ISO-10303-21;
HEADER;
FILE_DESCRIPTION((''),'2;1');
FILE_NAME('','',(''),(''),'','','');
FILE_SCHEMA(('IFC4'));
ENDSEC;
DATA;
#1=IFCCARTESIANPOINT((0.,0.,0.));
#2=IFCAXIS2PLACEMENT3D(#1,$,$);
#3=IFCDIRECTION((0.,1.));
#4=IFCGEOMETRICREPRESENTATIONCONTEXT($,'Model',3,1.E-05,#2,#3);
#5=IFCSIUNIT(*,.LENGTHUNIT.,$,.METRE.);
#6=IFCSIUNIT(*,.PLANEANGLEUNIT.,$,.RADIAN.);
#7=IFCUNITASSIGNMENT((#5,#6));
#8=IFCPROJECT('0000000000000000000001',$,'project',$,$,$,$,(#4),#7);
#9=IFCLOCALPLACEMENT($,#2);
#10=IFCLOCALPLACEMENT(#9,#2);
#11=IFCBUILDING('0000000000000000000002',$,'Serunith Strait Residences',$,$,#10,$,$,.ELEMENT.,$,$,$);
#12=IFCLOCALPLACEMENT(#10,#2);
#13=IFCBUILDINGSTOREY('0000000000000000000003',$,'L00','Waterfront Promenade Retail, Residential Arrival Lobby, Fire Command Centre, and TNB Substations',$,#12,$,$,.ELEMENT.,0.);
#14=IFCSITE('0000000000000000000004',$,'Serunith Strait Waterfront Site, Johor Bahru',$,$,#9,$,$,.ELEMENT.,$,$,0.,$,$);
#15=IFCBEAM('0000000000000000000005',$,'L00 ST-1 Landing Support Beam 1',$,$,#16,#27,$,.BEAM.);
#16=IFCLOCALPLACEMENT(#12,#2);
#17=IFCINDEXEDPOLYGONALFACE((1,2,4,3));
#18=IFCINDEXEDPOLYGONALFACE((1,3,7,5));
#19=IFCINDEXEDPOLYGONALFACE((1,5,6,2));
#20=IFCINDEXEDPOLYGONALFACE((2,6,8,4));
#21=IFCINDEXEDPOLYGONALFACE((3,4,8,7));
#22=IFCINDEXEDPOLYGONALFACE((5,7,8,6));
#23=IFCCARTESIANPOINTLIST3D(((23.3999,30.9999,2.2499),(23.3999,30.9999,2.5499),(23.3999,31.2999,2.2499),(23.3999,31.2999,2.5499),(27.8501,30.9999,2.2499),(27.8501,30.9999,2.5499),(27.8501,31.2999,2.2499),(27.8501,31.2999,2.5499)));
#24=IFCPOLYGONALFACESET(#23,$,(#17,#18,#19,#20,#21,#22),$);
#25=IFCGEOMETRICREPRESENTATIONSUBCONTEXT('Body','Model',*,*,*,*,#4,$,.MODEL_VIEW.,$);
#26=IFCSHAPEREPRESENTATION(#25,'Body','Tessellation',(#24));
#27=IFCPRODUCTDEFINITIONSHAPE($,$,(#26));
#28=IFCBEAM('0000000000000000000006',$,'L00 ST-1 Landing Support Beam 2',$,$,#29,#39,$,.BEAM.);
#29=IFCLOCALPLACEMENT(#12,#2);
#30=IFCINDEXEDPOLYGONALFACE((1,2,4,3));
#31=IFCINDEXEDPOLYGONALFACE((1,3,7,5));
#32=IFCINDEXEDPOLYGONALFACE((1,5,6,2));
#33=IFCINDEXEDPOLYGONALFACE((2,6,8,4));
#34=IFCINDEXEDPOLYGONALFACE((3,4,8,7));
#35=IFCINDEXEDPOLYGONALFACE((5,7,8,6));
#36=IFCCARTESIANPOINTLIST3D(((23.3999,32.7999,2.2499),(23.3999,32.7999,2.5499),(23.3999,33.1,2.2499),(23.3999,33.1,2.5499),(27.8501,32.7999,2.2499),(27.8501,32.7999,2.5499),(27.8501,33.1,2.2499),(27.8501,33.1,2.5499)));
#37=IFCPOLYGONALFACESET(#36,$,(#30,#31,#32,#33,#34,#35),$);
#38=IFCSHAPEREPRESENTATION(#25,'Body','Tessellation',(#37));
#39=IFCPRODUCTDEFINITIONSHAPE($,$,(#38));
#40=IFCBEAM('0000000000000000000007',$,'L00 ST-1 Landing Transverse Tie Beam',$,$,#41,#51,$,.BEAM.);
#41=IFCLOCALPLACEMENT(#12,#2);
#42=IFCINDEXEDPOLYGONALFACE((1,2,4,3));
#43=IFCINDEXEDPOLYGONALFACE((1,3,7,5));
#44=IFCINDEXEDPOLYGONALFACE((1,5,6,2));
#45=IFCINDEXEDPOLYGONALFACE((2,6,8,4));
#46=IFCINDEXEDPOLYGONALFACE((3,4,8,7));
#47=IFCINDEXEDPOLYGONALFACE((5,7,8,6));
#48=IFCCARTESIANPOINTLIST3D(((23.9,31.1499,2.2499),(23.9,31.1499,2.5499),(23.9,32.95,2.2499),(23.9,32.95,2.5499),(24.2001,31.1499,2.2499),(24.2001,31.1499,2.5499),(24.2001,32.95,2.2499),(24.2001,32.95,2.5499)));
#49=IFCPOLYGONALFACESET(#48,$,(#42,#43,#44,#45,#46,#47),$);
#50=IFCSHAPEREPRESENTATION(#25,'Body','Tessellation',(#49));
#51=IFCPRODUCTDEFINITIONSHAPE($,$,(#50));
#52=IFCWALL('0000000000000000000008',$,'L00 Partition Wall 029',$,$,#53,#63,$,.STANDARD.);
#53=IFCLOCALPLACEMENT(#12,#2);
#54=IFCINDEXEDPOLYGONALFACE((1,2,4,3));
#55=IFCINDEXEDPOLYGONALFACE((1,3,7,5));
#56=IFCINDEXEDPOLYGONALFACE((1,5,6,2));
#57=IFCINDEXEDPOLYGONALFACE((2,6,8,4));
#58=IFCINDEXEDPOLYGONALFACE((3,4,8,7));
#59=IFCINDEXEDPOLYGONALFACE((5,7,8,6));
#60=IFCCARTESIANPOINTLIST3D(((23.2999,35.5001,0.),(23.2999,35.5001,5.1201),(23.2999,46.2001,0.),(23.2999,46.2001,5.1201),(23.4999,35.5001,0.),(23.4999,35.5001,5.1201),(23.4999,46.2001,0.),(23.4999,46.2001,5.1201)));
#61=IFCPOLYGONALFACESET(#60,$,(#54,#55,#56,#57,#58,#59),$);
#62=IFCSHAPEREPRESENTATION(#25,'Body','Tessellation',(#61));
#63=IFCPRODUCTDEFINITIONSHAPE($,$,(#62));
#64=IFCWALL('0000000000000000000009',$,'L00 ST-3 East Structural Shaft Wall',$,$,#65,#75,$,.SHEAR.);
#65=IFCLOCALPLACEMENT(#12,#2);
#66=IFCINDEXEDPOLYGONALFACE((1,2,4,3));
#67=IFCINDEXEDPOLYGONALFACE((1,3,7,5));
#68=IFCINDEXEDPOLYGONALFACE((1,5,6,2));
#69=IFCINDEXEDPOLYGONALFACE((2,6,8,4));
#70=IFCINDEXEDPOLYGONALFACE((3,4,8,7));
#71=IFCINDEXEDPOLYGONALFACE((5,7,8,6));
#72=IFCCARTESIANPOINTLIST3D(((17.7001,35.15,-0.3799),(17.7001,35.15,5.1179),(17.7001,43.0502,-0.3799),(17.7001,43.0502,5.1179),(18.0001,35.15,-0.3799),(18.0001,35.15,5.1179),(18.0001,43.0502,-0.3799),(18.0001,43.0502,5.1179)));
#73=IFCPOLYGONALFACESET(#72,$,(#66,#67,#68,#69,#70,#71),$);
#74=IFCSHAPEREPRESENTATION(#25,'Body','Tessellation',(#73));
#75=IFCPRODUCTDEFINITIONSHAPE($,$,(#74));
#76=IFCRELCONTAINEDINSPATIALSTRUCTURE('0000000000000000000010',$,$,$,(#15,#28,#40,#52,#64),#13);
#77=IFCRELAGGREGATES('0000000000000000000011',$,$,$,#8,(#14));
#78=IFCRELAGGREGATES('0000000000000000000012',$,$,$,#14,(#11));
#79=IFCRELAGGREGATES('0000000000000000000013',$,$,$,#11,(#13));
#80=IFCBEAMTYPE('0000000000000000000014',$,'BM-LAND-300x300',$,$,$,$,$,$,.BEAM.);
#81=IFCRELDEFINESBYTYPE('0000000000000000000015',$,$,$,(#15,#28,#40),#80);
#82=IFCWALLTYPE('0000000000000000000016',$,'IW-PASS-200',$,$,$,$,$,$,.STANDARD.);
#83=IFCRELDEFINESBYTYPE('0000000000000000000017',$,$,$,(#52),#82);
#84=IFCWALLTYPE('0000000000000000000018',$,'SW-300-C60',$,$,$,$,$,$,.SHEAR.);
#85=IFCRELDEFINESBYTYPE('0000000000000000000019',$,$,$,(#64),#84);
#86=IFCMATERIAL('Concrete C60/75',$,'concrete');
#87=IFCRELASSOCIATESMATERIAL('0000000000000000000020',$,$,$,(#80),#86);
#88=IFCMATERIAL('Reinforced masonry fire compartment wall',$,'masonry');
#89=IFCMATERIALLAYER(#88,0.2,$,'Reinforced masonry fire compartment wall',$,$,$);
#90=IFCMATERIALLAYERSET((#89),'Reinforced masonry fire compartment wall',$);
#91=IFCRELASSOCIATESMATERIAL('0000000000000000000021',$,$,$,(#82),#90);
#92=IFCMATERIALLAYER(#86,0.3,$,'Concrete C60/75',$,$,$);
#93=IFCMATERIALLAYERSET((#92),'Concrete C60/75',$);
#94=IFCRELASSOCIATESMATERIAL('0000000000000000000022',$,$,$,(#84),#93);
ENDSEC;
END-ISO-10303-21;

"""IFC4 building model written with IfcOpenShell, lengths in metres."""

from ifc_helpers import new_model, si_unit, direction, frame, frame_2d, origin, origin_2d, place, context, subcontext, project, spatial, rectangle, extrude, source, transform, mapped, material, layer, layer_set, material_profile, profile_set, type_object, element, save


model = new_model("IFC4")

# Units and contexts
model_context = context("Model", 3, precision=1e-05, world=origin(), true_north=direction((0.0, 1.0)))
body_context = subcontext(model_context, "Body", "Model", "MODEL_VIEW")
ifc_project = project(units=[si_unit("LENGTHUNIT", "METRE"), si_unit("PLANEANGLEUNIT", "RADIAN")], contexts=[model_context])

# Site, building, storey
site_placement = place(None, origin())
site = spatial("IfcSite", under=ifc_project, at=site_placement, Name="Serunith Strait Waterfront Site, Johor Bahru", CompositionType="ELEMENT", RefElevation=0.0)
building_placement = place(site_placement, origin())
building = spatial("IfcBuilding", under=site, at=building_placement, Name="Serunith Strait Residences", CompositionType="ELEMENT")
storey_placement = place(building_placement, origin())
storey = spatial("IfcBuildingStorey", under=building, at=storey_placement, Name="L00", Description="Waterfront Promenade Retail, Residential Arrival Lobby, Fire Command Centre, and TNB Substations", CompositionType="ELEMENT", Elevation=0.0)

# Beams
ifc_material_1 = material(Name="Concrete C60/75", Category="concrete")
ifc_material_profile = material_profile(ifc_material_1, rectangle(XDim=0.3, YDim=0.3, at=origin_2d()), Name="RC 300x300")
ifc_profile_set = profile_set([ifc_material_profile], Name="Concrete C60/75")
beam_type = type_object("IfcBeamType", Name="BM-LAND-300x300", PredefinedType="BEAM", material=ifc_profile_set)
shared_shape_1 = source(origin(), body_context, "Body", "SweptSolid", [
    extrude(rectangle(XDim=0.3, YDim=0.3, at=origin_2d()), origin(), (0.0, 0.0, 1.0), 4.4502),
])
for number, where, z_axis, x_axis, name in (
    (1, (23.3999, 31.1499, 2.3999), (1.0, 0.0, 0.0), (0.0, 1.0, 0.0), "L00 ST-1 Landing Support Beam 1"),
    (2, (23.3999, 32.95, 2.3999), (1.0, 0.0, 0.0), (0.0, 1.0, 0.0), "L00 ST-1 Landing Support Beam 2"),
):
    element("IfcBeam", number, at=place(storey_placement, frame(where, z_axis=z_axis, x_axis=x_axis)), inside=storey, type_object=beam_type, Name=name, PredefinedType="BEAM", context=body_context, shape_type="MappedRepresentation", body=[
        mapped(shared_shape_1, transform((0.0, 0.0, 0.0), scale=1.0)),
    ])
shared_shape_2 = source(origin(), body_context, "Body", "SweptSolid", [
    extrude(rectangle(XDim=0.3, YDim=0.3, at=origin_2d()), origin(), (0.0, 0.0, 1.0), 1.8),
])
beam_placement = place(storey_placement, frame((24.05, 31.1499, 2.3999), z_axis=(0.0, 1.0, 0.0), x_axis=(-1.0, 0.0, 0.0)))
element("IfcBeam", 3, at=beam_placement, inside=storey, type_object=beam_type, Name="L00 ST-1 Landing Transverse Tie Beam", PredefinedType="BEAM", context=body_context, shape_type="MappedRepresentation", body=[
    mapped(shared_shape_2, transform((0.0, 0.0, 0.0), scale=1.0)),
])

# Shared definitions
ifc_material_2 = material(Name="Reinforced masonry fire compartment wall", Category="masonry")
ifc_layer_1 = layer(ifc_material_2, 0.2, Name="Reinforced masonry fire compartment wall")
ifc_layer_set_1 = layer_set([ifc_layer_1], Name="Reinforced masonry fire compartment wall")
wall_type_1 = type_object("IfcWallType", Name="IW-PASS-200", PredefinedType="STANDARD", material=ifc_layer_set_1)

# Walls
wall_1_placement = place(storey_placement, frame((23.3999, 35.5, 0.0), z_axis=(0.0, 0.0, 1.0), x_axis=(0.0, 1.0, 0.0)))
element("IfcWall", 4, at=wall_1_placement, inside=storey, type_object=wall_type_1, Name="L00 Partition Wall 029", PredefinedType="STANDARD", context=body_context, shape_type="SweptSolid", body=[
    extrude(rectangle(XDim=10.7, YDim=0.2, at=frame_2d((5.3501, 0.0))), origin(), (0.0, 0.0, 1.0), 5.1201),
])
ifc_layer_2 = layer(ifc_material_1, 0.3, Name="Concrete C60/75")
ifc_layer_set_2 = layer_set([ifc_layer_2], Name="Concrete C60/75")
wall_type_2 = type_object("IfcWallType", Name="SW-300-C60", PredefinedType="SHEAR", material=ifc_layer_set_2)
wall_2_placement = place(storey_placement, frame((17.8501, 35.1499, -0.3799), z_axis=(0.0, 0.0, 1.0), x_axis=(0.0, 1.0, 0.0)))
element("IfcWall", 5, at=wall_2_placement, inside=storey, type_object=wall_type_2, Name="L00 ST-3 East Structural Shaft Wall", PredefinedType="SHEAR", context=body_context, shape_type="SweptSolid", body=[
    extrude(rectangle(XDim=7.9001, YDim=0.3, at=frame_2d((3.9502, 0.0))), origin(), (0.0, 0.0, 1.0), 5.4978),
])

save(model, "model.ifc")
